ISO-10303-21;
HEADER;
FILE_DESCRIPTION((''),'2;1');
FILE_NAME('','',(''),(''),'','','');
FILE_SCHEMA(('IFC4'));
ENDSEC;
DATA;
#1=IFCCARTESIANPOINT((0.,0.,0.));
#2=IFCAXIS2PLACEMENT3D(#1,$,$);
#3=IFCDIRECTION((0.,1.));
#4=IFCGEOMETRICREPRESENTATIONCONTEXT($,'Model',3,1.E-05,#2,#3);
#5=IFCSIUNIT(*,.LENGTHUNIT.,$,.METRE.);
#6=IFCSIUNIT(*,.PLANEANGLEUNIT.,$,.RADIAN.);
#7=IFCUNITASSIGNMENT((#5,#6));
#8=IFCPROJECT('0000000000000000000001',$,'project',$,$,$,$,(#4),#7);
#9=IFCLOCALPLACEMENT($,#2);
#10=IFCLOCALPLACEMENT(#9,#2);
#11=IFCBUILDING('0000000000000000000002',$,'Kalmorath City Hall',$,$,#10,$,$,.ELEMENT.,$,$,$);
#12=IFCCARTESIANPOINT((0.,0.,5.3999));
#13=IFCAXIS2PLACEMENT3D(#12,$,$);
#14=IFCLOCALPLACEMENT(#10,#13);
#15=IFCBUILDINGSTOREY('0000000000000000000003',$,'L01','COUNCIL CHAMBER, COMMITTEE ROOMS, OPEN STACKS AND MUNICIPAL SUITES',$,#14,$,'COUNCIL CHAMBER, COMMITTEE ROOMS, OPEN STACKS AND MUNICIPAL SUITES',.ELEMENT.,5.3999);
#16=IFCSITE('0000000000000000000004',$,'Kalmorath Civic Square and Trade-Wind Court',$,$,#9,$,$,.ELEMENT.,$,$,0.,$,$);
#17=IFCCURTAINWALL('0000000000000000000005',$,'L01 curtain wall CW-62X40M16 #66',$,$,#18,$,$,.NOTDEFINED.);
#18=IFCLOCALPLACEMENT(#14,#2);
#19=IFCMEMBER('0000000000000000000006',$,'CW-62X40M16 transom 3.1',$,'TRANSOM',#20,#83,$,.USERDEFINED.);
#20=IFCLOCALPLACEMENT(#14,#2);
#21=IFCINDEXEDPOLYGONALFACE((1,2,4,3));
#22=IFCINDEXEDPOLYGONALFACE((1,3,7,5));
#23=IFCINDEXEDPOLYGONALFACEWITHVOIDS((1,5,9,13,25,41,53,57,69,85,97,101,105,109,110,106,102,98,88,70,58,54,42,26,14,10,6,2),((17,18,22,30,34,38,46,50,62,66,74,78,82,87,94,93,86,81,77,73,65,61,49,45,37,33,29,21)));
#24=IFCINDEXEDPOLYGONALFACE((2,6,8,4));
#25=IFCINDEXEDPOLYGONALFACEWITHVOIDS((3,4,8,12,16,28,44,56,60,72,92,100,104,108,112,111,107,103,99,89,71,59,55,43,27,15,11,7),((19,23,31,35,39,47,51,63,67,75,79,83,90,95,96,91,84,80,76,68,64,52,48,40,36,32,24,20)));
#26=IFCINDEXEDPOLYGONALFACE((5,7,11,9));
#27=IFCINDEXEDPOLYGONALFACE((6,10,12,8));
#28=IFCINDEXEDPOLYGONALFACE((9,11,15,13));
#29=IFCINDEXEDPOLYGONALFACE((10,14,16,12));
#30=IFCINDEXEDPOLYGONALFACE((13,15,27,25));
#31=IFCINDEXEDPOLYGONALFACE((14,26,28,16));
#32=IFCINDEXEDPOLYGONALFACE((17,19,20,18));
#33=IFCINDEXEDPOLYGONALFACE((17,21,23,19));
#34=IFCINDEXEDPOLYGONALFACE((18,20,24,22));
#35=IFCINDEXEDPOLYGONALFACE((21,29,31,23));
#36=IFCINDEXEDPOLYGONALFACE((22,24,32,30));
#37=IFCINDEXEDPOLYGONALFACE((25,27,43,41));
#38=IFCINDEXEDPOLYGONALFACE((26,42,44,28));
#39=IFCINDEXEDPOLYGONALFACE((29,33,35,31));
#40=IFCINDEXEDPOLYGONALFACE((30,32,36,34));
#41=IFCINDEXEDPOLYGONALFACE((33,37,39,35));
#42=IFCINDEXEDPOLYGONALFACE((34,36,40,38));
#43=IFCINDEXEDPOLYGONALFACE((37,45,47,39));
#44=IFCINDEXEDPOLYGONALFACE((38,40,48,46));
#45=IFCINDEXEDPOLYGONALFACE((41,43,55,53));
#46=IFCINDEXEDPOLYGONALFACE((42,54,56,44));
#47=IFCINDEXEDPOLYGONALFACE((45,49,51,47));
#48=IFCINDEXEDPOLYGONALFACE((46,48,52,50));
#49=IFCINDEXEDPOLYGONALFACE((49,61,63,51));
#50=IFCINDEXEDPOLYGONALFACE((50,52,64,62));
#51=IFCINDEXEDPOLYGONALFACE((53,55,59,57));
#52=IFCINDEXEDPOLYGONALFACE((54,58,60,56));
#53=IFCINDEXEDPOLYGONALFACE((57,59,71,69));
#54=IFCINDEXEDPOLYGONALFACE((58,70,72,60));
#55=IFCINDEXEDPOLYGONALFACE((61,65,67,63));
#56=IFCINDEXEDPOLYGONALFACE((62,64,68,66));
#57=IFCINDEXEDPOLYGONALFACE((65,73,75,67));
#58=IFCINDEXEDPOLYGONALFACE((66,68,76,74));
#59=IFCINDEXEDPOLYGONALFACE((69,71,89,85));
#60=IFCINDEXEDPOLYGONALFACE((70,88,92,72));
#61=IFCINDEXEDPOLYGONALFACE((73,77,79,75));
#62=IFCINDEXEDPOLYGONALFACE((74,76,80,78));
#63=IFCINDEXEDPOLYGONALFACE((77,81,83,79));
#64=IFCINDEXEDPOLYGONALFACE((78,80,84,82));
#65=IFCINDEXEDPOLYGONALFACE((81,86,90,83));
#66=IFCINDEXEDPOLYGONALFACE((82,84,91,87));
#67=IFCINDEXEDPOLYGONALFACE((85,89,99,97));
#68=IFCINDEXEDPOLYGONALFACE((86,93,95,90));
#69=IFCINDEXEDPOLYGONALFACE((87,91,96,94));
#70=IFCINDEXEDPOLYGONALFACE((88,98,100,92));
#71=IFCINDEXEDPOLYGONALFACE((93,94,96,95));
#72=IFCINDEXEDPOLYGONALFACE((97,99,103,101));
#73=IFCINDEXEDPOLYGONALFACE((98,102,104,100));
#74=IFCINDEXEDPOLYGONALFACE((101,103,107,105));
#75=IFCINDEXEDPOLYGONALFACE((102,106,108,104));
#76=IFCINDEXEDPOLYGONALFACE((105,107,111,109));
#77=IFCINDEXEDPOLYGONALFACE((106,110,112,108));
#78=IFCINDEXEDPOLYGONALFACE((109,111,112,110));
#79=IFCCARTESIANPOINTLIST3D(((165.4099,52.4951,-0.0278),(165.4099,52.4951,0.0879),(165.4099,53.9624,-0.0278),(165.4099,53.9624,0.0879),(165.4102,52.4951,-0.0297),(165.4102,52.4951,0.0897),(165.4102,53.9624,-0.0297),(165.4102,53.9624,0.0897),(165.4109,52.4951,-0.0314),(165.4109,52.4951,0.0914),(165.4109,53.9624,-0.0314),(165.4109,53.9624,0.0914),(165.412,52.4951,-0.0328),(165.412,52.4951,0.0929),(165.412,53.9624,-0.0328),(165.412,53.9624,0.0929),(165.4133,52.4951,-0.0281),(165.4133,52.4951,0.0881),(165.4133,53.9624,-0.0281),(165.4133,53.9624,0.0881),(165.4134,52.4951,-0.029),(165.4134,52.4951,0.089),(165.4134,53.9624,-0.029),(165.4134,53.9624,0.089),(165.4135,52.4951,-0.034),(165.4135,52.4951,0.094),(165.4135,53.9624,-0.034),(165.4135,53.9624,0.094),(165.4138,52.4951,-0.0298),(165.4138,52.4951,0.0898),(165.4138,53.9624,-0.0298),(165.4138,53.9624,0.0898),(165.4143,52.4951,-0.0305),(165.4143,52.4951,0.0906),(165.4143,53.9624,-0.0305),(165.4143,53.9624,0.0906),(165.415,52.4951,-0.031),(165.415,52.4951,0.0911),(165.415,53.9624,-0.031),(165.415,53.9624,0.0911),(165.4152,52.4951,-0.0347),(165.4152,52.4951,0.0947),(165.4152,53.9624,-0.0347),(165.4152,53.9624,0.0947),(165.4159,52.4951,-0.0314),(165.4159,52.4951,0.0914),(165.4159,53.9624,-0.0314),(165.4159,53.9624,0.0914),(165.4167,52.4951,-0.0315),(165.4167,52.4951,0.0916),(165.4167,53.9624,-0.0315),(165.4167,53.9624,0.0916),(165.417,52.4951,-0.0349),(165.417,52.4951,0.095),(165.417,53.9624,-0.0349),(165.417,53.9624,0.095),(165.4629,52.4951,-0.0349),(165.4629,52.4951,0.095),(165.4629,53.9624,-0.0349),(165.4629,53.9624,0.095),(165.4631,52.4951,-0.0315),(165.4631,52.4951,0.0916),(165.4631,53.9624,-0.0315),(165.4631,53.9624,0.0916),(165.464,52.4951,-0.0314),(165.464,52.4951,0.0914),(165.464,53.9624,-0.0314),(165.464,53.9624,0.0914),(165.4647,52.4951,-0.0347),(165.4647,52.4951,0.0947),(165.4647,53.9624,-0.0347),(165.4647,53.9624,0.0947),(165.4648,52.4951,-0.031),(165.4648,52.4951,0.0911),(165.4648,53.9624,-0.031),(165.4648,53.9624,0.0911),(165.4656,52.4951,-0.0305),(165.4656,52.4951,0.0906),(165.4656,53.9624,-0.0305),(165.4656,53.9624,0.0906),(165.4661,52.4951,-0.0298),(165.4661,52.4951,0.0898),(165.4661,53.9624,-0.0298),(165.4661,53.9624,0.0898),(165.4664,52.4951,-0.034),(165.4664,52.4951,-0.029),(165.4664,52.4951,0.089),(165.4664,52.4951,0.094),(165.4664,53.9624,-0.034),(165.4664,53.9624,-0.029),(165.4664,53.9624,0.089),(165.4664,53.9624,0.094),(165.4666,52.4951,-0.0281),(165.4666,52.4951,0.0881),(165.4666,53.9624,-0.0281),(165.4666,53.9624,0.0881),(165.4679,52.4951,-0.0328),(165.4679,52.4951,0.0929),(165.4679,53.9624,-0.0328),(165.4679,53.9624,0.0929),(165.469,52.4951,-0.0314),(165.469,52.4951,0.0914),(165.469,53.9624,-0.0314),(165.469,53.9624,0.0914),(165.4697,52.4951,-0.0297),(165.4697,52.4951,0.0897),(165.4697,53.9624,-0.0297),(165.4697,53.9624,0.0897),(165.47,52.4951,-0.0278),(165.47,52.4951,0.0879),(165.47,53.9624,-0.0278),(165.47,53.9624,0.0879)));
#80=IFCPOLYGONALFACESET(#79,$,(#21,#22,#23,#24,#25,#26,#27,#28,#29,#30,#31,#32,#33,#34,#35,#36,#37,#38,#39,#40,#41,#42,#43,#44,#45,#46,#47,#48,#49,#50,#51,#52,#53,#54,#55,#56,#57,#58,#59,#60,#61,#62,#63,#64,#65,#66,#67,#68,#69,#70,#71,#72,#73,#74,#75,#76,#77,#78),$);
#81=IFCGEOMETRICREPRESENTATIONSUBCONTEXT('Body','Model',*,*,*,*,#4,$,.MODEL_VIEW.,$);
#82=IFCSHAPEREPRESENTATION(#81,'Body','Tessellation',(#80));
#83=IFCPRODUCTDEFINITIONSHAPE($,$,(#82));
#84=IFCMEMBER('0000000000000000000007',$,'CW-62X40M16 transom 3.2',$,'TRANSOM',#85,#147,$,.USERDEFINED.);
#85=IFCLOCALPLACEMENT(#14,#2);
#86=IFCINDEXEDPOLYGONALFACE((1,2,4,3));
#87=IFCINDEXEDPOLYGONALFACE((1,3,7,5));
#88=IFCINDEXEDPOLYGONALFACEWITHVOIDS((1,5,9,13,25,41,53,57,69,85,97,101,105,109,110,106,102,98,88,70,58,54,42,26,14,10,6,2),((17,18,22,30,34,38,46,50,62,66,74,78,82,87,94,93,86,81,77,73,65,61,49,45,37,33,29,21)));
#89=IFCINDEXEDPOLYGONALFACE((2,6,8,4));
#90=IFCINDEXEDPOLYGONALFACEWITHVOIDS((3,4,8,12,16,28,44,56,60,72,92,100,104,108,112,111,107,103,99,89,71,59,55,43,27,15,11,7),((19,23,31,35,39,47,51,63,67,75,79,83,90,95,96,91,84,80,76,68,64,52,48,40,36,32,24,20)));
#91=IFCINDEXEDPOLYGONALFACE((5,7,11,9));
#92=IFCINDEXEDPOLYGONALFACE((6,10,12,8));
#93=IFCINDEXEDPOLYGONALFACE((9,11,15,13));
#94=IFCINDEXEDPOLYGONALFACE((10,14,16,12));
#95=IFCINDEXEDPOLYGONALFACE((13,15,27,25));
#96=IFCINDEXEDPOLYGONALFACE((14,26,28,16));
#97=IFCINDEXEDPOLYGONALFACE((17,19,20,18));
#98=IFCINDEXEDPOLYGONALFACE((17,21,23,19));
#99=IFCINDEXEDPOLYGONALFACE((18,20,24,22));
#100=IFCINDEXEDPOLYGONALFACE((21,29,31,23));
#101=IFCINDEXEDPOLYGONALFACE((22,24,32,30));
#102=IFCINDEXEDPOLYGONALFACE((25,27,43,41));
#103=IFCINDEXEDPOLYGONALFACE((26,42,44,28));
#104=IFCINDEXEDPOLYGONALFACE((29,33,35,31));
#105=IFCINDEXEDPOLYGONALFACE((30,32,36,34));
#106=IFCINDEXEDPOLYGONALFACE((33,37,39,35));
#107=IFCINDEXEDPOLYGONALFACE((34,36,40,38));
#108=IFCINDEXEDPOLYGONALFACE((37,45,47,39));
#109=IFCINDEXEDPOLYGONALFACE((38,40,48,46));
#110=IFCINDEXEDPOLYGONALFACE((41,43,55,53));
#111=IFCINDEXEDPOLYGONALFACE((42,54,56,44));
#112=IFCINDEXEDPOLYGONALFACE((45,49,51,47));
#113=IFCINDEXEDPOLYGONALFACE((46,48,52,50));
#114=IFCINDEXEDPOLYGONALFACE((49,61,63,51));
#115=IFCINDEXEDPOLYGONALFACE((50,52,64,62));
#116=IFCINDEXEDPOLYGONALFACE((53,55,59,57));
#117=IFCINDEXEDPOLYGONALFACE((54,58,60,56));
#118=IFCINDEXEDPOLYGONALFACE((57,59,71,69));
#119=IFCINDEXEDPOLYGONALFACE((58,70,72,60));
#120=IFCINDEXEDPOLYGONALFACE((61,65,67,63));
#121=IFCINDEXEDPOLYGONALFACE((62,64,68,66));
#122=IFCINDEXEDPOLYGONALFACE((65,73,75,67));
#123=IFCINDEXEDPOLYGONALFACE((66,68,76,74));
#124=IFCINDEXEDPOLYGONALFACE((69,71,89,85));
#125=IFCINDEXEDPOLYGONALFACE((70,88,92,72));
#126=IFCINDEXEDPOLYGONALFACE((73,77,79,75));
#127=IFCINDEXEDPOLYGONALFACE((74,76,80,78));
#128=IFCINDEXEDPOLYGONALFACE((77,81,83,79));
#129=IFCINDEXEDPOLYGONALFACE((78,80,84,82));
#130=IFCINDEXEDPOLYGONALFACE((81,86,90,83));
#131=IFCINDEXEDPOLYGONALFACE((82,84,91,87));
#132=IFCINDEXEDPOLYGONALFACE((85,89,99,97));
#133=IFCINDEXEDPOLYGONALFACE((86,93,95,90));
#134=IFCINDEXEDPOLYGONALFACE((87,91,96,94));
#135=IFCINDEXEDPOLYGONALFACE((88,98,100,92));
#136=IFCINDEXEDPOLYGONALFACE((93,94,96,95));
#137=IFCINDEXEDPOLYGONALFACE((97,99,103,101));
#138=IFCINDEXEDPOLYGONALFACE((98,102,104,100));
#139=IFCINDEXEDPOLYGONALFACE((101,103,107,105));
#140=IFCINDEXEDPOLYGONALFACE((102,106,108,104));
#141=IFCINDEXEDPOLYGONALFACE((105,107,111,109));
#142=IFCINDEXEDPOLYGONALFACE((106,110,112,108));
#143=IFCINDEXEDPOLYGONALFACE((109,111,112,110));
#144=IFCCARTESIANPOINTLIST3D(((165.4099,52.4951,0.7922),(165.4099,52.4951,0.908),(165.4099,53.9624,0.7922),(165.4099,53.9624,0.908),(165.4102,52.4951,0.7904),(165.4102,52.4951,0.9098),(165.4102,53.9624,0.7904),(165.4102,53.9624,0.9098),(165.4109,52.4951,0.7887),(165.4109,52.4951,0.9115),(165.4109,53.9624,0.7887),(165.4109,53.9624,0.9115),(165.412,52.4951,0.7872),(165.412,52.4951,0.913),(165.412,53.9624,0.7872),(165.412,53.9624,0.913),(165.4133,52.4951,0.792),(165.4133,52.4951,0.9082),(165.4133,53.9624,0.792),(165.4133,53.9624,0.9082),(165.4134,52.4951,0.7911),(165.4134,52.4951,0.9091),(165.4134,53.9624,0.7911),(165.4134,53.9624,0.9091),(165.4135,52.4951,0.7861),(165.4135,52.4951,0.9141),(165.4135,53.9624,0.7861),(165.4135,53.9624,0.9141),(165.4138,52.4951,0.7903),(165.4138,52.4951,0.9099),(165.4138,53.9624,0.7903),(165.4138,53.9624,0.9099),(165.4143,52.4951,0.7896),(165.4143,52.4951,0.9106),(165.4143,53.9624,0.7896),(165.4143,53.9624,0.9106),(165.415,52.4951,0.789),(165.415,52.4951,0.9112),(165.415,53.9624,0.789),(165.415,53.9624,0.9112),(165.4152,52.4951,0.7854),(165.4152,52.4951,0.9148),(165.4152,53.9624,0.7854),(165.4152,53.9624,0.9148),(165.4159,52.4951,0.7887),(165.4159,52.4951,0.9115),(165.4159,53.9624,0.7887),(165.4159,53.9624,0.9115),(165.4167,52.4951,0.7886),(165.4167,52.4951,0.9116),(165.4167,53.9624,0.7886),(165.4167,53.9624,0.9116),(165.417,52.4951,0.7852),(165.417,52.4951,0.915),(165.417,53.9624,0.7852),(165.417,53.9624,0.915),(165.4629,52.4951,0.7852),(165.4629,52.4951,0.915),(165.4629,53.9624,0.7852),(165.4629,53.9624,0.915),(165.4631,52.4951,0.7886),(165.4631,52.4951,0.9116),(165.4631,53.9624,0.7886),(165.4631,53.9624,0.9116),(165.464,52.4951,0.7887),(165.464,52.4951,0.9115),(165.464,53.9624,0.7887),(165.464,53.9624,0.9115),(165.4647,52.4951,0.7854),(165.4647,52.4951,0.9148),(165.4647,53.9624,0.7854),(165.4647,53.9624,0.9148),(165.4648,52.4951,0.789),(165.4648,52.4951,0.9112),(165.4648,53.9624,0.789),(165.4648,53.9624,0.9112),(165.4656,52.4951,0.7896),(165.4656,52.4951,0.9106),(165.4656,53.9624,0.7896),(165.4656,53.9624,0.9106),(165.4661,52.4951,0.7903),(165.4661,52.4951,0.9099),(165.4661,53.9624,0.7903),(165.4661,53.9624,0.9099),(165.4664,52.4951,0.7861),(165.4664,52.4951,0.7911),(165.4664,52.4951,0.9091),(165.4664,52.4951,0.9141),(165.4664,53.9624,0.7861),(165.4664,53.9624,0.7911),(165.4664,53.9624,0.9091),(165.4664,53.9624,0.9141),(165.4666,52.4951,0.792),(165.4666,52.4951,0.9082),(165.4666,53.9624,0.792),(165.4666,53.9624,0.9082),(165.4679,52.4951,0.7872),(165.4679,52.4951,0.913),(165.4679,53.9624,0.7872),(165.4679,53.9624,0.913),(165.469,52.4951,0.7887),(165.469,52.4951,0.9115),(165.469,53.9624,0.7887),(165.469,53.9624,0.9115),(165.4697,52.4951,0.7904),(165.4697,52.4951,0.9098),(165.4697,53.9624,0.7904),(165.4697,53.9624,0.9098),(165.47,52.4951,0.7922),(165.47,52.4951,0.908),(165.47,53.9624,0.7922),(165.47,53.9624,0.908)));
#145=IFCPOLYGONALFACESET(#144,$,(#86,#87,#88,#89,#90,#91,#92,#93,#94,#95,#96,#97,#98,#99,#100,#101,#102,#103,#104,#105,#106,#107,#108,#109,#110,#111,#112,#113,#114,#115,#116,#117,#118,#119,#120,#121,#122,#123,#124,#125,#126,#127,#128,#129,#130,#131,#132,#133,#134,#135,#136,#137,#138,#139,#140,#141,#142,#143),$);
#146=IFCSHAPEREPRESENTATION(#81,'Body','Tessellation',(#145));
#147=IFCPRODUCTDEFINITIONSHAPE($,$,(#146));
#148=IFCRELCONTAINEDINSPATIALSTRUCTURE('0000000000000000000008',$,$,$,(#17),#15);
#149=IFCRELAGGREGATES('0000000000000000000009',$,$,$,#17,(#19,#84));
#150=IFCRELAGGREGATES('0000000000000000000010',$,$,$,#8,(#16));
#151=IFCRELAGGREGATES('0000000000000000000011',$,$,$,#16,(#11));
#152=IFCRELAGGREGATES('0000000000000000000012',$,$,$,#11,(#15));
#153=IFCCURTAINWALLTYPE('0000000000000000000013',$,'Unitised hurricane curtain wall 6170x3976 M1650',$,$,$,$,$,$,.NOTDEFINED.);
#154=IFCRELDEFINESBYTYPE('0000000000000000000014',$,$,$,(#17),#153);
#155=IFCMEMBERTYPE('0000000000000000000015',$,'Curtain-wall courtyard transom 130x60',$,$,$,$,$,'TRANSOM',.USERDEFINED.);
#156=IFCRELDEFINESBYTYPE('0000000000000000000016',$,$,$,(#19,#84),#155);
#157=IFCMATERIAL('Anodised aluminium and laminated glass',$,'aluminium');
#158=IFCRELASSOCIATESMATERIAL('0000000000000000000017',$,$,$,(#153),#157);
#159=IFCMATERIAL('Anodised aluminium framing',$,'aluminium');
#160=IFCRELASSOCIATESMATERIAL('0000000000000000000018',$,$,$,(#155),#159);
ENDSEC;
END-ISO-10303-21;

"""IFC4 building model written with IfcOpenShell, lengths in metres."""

from ifc_helpers import new_model, si_unit, direction, frame, origin, origin_2d, place, context, subcontext, project, spatial, hollow_rectangle, extrude, material, material_profile, profile_set, type_object, element, aggregate, save


model = new_model("IFC4")

# Units and contexts
model_context = context("Model", 3, precision=1e-05, world=origin(), true_north=direction((0.0, 1.0)))
body_context = subcontext(model_context, "Body", "Model", "MODEL_VIEW")
ifc_project = project(units=[si_unit("LENGTHUNIT", "METRE"), si_unit("PLANEANGLEUNIT", "RADIAN")], contexts=[model_context])

# Site, building, storey
site_placement = place(None, origin())
site = spatial("IfcSite", under=ifc_project, at=site_placement, Name="Kalmorath Civic Square and Trade-Wind Court", CompositionType="ELEMENT", RefElevation=0.0)
building_placement = place(site_placement, origin())
building = spatial("IfcBuilding", under=site, at=building_placement, Name="Kalmorath City Hall", CompositionType="ELEMENT")
storey_placement = place(building_placement, frame((0.0, 0.0, 5.3999)))
storey = spatial("IfcBuildingStorey", under=building, at=storey_placement, Name="L01", Description="COUNCIL CHAMBER, COMMITTEE ROOMS, OPEN STACKS AND MUNICIPAL SUITES", LongName="COUNCIL CHAMBER, COMMITTEE ROOMS, OPEN STACKS AND MUNICIPAL SUITES", CompositionType="ELEMENT", Elevation=5.3999)

# Curtain wall, members
ifc_material_1 = material(Name="Anodised aluminium and laminated glass", Category="aluminium")
curtain_wall_type = type_object("IfcCurtainWallType", Name="Unitised hurricane curtain wall 6170x3976 M1650", PredefinedType="NOTDEFINED", material=ifc_material_1)
curtain_wall_placement = place(storey_placement, origin())
curtain_wall = element("IfcCurtainWall", 1, at=curtain_wall_placement, inside=storey, type_object=curtain_wall_type, Name="L01 curtain wall CW-62X40M16 #66", PredefinedType="NOTDEFINED")
ifc_material_2 = material(Name="Anodised aluminium framing", Category="aluminium")
ifc_material_profile_1 = material_profile(ifc_material_2, hollow_rectangle(XDim=0.0601, YDim=0.1299, WallThickness=0.0034, InnerFilletRadius=0.0034, OuterFilletRadius=0.0071, at=origin_2d()), Name="ALU-TRN-130X60X3.5")
ifc_profile_set_1 = profile_set([ifc_material_profile_1], Name="Anodised aluminium framing")
member_type_1 = type_object("IfcMemberType", Name="Curtain-wall courtyard transom 130x60", ElementType="TRANSOM", PredefinedType="USERDEFINED", material=ifc_profile_set_1)
member_1_placement = place(storey_placement, frame((165.4399, 53.9624, 0.03), z_axis=(0.0, -1.0, 0.0), x_axis=(1.0, 0.0, 0.0)))
member_1 = element("IfcMember", 2, at=member_1_placement, type_object=member_type_1, Name="CW-62X40M16 transom 3.1", ObjectType="TRANSOM", PredefinedType="USERDEFINED", context=body_context, shape_type="SweptSolid", body=[
    extrude(hollow_rectangle(XDim=0.0601, YDim=0.1299, WallThickness=0.0034, InnerFilletRadius=0.0034, OuterFilletRadius=0.0071, at=origin_2d()), origin(), (0.0, 0.0, 1.0), 1.4673),
])
member_2_placement = place(storey_placement, frame((165.4399, 53.9624, 0.8501), z_axis=(0.0, -1.0, 0.0), x_axis=(1.0, 0.0, 0.0)))
member_2 = element("IfcMember", 3, at=member_2_placement, type_object=member_type_1, Name="CW-62X40M16 transom 3.2", ObjectType="TRANSOM", PredefinedType="USERDEFINED", context=body_context, shape_type="SweptSolid", body=[
    extrude(hollow_rectangle(XDim=0.0601, YDim=0.1299, WallThickness=0.0034, InnerFilletRadius=0.0034, OuterFilletRadius=0.0071, at=origin_2d()), origin(), (0.0, 0.0, 1.0), 1.4673),
])

aggregate(curtain_wall, [member_1, member_2])

save(model, "model.ifc")
